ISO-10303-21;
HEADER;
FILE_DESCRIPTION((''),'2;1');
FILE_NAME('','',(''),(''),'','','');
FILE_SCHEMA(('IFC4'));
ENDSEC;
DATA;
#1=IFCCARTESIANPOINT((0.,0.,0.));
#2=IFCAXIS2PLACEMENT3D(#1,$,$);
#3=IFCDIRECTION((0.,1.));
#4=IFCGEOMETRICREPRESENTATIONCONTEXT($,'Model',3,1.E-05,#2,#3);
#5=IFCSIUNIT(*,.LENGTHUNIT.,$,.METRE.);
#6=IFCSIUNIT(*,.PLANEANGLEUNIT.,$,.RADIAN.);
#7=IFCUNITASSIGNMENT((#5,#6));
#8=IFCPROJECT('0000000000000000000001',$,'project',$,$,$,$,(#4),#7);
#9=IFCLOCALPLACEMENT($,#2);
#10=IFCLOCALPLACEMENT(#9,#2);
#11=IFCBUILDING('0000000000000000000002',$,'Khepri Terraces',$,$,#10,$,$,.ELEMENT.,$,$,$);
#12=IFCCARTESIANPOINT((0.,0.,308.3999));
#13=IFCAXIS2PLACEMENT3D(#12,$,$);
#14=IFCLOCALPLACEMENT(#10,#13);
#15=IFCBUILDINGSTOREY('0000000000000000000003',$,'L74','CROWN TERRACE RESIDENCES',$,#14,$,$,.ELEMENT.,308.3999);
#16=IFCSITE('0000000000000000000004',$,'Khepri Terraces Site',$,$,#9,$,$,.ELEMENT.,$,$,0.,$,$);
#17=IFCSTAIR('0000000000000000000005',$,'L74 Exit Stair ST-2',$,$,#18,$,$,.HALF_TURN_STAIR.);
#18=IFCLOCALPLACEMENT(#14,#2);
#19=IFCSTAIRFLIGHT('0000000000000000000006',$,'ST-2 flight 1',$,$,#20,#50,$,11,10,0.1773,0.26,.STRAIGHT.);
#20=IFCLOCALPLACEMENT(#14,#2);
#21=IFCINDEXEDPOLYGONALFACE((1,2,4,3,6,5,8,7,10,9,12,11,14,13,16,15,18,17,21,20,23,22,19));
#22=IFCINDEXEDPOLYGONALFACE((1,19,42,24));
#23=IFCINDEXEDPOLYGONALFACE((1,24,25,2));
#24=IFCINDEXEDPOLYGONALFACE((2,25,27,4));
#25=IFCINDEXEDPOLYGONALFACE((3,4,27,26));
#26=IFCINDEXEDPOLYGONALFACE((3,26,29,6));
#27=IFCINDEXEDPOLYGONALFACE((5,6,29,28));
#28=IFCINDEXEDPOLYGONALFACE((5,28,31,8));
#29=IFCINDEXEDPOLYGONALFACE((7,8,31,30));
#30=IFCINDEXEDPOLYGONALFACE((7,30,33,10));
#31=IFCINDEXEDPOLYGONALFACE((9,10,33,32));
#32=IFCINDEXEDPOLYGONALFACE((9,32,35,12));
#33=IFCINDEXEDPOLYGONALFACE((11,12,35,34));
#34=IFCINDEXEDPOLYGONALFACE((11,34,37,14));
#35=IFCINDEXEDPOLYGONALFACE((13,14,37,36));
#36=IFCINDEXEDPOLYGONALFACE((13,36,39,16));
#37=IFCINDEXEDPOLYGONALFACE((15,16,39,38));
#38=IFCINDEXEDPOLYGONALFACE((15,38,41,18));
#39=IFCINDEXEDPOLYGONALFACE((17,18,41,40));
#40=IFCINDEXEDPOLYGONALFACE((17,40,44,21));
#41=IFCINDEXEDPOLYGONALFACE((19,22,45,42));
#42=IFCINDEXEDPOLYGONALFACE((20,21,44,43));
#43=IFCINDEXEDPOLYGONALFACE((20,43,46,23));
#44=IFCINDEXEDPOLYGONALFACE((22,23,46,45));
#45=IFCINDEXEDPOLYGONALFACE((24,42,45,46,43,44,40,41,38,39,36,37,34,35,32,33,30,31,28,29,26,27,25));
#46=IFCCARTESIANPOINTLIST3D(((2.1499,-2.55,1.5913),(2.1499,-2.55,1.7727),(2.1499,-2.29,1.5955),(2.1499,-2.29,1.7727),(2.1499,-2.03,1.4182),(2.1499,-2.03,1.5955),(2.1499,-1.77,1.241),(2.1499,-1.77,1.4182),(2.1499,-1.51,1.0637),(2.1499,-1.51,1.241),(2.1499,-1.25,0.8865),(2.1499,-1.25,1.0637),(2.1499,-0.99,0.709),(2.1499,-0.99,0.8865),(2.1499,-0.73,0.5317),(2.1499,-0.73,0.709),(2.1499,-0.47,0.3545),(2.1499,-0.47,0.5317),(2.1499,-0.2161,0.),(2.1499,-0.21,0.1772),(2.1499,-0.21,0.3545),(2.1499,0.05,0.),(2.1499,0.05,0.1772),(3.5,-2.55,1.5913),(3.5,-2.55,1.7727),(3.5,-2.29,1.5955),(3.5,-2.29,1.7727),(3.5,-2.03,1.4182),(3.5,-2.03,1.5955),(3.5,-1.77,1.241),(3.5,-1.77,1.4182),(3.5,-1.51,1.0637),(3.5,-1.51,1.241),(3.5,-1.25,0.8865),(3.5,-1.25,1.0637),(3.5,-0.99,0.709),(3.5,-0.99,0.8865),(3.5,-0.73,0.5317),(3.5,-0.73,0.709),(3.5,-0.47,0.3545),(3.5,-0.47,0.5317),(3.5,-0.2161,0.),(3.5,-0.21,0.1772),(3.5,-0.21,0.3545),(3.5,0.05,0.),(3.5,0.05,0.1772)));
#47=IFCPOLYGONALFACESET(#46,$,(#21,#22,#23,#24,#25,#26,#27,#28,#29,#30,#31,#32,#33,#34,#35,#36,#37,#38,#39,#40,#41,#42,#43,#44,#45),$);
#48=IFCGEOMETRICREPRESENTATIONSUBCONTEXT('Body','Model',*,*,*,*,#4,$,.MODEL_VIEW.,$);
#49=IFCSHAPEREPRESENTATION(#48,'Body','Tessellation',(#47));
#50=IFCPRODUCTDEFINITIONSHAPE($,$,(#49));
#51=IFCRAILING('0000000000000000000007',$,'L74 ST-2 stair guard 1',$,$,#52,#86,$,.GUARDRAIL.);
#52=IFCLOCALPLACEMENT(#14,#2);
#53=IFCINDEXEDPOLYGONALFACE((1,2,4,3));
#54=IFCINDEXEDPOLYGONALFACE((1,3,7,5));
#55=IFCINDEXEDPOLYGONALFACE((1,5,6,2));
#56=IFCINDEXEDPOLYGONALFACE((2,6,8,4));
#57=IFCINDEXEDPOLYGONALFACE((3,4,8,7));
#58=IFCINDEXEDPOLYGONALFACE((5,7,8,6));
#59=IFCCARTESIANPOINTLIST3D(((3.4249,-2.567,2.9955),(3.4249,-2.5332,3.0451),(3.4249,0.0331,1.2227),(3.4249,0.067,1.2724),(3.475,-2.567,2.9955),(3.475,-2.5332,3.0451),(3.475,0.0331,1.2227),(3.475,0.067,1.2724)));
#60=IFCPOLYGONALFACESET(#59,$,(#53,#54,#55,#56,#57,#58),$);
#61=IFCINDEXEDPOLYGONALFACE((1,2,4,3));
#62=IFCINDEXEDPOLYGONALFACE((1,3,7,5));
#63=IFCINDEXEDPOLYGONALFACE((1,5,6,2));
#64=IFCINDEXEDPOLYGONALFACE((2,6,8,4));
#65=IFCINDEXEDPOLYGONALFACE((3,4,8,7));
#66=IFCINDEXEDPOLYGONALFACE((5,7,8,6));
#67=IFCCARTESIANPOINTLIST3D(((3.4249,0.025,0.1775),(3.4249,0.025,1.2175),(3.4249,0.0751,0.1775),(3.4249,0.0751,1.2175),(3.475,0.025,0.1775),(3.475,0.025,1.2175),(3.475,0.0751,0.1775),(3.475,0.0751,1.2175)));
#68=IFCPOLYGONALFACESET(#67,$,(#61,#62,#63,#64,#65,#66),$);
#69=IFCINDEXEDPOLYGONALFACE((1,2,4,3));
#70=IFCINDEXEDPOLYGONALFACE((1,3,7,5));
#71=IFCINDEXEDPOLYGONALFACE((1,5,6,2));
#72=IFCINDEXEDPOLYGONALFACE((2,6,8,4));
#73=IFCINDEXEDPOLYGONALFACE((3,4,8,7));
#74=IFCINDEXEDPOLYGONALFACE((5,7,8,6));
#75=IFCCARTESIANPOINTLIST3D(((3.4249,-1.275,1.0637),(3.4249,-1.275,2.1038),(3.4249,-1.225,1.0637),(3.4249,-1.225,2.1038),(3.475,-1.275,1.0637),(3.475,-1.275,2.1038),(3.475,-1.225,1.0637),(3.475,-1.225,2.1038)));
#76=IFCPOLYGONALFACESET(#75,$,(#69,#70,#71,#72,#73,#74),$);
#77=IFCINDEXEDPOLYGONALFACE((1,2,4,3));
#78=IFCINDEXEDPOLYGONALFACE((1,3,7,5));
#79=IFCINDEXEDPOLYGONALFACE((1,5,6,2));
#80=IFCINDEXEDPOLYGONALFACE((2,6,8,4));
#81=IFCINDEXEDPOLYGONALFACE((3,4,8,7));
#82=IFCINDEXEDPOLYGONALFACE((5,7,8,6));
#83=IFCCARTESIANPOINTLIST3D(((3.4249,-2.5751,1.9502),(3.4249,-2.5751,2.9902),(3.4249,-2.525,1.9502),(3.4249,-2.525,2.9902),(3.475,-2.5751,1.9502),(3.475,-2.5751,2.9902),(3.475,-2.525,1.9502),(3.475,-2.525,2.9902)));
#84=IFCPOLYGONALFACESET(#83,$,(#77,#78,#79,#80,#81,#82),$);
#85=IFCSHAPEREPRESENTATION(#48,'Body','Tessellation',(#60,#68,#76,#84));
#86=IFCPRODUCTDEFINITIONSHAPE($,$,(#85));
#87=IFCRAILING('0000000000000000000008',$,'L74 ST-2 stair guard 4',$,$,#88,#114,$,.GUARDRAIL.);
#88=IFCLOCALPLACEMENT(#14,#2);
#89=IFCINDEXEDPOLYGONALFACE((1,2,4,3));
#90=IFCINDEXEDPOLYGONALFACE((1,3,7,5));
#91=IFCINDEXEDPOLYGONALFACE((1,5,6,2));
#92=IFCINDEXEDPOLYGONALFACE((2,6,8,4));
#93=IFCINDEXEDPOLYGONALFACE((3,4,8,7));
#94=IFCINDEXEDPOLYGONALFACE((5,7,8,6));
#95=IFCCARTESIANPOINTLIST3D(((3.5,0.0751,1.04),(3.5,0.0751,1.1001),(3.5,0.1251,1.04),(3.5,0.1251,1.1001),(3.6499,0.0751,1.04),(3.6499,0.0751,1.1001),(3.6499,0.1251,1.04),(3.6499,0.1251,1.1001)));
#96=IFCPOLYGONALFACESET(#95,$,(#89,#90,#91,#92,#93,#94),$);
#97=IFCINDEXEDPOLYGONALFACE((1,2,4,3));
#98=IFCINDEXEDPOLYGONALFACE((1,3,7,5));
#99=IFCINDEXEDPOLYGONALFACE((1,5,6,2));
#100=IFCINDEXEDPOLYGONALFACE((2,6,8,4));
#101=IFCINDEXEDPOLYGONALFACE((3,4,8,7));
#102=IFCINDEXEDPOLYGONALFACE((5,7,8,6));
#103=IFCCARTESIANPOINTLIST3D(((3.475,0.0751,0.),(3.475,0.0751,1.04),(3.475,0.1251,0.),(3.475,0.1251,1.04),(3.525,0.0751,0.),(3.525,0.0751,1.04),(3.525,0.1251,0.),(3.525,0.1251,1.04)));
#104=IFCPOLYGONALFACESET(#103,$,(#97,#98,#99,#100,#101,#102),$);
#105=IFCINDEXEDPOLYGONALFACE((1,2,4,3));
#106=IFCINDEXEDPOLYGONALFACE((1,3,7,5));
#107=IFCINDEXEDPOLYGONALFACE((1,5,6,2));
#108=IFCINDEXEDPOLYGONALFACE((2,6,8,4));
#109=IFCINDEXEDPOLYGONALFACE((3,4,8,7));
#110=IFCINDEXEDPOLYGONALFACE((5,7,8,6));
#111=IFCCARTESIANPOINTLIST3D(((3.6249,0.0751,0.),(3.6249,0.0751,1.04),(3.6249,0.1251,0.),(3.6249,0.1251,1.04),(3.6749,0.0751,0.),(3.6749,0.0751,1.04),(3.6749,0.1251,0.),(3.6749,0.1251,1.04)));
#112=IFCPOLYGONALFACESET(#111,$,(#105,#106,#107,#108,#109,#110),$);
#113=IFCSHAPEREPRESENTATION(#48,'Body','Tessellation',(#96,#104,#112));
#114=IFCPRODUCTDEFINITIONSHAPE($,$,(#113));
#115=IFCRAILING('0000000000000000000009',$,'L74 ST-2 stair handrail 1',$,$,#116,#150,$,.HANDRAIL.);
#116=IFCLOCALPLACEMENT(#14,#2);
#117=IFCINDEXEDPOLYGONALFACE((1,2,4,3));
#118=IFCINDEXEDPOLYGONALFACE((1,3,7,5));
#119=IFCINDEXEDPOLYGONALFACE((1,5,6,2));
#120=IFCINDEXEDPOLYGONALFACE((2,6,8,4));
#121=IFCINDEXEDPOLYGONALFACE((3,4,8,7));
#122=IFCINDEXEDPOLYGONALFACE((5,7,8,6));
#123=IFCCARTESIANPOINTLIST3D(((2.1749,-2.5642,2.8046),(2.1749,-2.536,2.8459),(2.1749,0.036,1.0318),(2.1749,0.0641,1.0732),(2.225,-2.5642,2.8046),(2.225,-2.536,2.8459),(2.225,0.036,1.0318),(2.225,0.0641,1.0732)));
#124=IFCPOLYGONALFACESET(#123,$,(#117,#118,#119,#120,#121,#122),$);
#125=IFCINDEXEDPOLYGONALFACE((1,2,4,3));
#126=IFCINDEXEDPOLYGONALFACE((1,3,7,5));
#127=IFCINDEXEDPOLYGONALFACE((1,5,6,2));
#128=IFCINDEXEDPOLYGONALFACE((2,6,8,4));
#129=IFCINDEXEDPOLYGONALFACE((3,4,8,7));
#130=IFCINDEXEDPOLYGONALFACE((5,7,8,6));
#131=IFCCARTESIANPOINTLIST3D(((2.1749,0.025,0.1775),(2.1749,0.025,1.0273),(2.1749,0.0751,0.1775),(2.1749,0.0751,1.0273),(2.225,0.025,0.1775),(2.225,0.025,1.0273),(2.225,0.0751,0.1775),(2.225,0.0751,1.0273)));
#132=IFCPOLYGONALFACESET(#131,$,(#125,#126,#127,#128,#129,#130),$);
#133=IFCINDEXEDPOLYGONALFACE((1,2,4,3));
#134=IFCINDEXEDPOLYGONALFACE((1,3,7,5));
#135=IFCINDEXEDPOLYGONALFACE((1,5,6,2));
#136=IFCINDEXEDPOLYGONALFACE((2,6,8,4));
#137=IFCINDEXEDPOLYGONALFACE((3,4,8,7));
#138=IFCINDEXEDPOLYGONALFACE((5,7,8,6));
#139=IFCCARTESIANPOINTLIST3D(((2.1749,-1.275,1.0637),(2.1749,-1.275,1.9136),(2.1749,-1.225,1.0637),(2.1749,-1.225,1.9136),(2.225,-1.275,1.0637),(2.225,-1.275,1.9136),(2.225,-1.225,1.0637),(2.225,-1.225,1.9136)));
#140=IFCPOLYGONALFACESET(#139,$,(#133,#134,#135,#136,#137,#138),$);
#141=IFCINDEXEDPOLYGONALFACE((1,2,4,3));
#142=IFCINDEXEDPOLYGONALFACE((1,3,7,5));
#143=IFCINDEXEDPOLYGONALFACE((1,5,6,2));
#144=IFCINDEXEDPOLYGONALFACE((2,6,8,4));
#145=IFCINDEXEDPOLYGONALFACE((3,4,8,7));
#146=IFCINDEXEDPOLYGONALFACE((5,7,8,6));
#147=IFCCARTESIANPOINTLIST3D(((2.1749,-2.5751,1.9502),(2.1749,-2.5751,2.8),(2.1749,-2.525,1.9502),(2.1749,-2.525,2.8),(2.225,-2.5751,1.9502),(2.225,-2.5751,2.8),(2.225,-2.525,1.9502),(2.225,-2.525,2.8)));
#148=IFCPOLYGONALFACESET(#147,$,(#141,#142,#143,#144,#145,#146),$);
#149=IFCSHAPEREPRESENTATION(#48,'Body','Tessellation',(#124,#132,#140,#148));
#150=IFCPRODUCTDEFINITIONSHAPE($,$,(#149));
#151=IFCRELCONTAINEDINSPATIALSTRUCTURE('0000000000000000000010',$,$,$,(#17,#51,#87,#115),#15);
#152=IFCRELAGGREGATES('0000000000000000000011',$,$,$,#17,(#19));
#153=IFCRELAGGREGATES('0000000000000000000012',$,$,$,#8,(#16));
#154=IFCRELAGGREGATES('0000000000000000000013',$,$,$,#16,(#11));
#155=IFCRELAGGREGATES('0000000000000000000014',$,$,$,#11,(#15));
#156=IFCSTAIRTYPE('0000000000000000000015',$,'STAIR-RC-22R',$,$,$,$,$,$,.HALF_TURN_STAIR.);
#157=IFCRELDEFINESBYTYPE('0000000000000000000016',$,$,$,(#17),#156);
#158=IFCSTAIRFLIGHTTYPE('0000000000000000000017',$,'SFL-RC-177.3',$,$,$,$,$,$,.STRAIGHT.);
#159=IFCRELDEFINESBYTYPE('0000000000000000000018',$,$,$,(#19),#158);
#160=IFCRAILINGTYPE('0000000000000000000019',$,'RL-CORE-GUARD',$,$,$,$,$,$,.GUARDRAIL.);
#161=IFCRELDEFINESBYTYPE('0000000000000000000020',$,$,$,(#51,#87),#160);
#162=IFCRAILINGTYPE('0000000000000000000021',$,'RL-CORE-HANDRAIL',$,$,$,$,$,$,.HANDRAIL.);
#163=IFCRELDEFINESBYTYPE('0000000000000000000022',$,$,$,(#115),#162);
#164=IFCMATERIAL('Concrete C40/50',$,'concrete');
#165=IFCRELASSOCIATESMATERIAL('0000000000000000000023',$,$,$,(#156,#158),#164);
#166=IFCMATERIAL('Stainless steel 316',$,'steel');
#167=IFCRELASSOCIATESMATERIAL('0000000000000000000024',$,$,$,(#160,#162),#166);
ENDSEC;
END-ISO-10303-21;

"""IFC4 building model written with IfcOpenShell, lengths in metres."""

from ifc_helpers import new_model, si_unit, direction, frame, origin, origin_2d, place, context, subcontext, project, spatial, polyline, rectangle, outline, extrude, material, type_object, element, aggregate, save


model = new_model("IFC4")

# Units and contexts
model_context = context("Model", 3, precision=1e-05, world=origin(), true_north=direction((0.0, 1.0)))
body_context = subcontext(model_context, "Body", "Model", "MODEL_VIEW")
ifc_project = project(units=[si_unit("LENGTHUNIT", "METRE"), si_unit("PLANEANGLEUNIT", "RADIAN")], contexts=[model_context])

# Site, building, storey
site_placement = place(None, origin())
site = spatial("IfcSite", under=ifc_project, at=site_placement, Name="Khepri Terraces Site", CompositionType="ELEMENT", RefElevation=0.0)
building_placement = place(site_placement, origin())
building = spatial("IfcBuilding", under=site, at=building_placement, Name="Khepri Terraces", CompositionType="ELEMENT")
storey_placement = place(building_placement, frame((0.0, 0.0, 308.3999)))
storey = spatial("IfcBuildingStorey", under=building, at=storey_placement, Name="L74", Description="CROWN TERRACE RESIDENCES", CompositionType="ELEMENT", Elevation=308.3999)

# Shared definitions
ifc_material_1 = material(Name="Concrete C40/50", Category="concrete")

# Stair
stair_type = type_object("IfcStairType", Name="STAIR-RC-22R", PredefinedType="HALF_TURN_STAIR", material=ifc_material_1)
stair_1_placement = place(storey_placement, origin())
stair_1 = element("IfcStair", 1, at=stair_1_placement, inside=storey, type_object=stair_type, Name="L74 Exit Stair ST-2", PredefinedType="HALF_TURN_STAIR")

# Stair flight
stair_flight_type = type_object("IfcStairFlightType", Name="SFL-RC-177.3", PredefinedType="STRAIGHT", material=ifc_material_1)
stair_flight_placement = place(storey_placement, frame((2.825, 0.05, 0.0), z_axis=(0.0, 0.0, 1.0), x_axis=(0.0, -1.0, 0.0)))
stair_flight = element("IfcStairFlight", 2, at=stair_flight_placement, type_object=stair_flight_type, Name="ST-2 flight 1", NumberOfRisers=11, NumberOfTreads=10, PredefinedType="STRAIGHT", RiserHeight=0.1773, TreadLength=0.26, context=body_context, shape_type="SweptSolid", body=[
    extrude(outline(polyline([(0.0, 0.0), (0.0, 0.1772), (0.26, 0.1772), (0.26, 0.3545), (0.52, 0.3545), (0.52, 0.5317), (0.78, 0.5317), (0.78, 0.709), (1.04, 0.709), (1.04, 0.8865), (1.3, 0.8865), (1.3, 1.0637), (1.5601, 1.0637), (1.5601, 1.241), (1.8201, 1.241), (1.8201, 1.4182), (2.0801, 1.4182), (2.0801, 1.5955), (2.3401, 1.5955), (2.3401, 1.7727), (2.6001, 1.7727), (2.6001, 1.95), (2.6001, 1.5913), (0.2661, 0.0), (0.0, 0.0)])), frame((0.0, 0.675, 0.0), z_axis=(0.0, -1.0, 0.0), x_axis=(1.0, 0.0, 0.0)), (0.0, 0.0, 1.0), 1.3501),
])
aggregate(stair_1, [stair_flight])

# Railings
ifc_material_2 = material(Name="Stainless steel 316", Category="steel")
railing_type_1 = type_object("IfcRailingType", Name="RL-CORE-GUARD", PredefinedType="GUARDRAIL", material=ifc_material_2)
railing_1_placement = place(storey_placement, frame((3.45, 0.05, 0.1775)))
element("IfcRailing", 3, at=railing_1_placement, inside=storey, type_object=railing_type_1, Name="L74 ST-2 stair guard 1", PredefinedType="GUARDRAIL", context=body_context, shape_type="SweptSolid", body=[
    extrude(rectangle(XDim=0.05, YDim=0.0601, at=origin_2d()), frame((0.0, 0.0, 1.0701), z_axis=(0.0, -0.82624, 0.563318), x_axis=(1.0, 0.0, 0.0)), (0.0, 0.0, 1.0), 3.147),
    extrude(rectangle(XDim=0.05, YDim=0.05, at=origin_2d()), origin(), (0.0, 0.0, 1.0), 1.04),
    extrude(rectangle(XDim=0.05, YDim=0.05, at=origin_2d()), frame((0.0, -1.3, 0.8862)), (0.0, 0.0, 1.0), 1.04),
    extrude(rectangle(XDim=0.05, YDim=0.05, at=origin_2d()), frame((0.0, -2.6001, 1.7727)), (0.0, 0.0, 1.0), 1.04),
])
railing_2_placement = place(storey_placement, frame((3.5, 0.1001, 0.0)))
element("IfcRailing", 4, at=railing_2_placement, inside=storey, type_object=railing_type_1, Name="L74 ST-2 stair guard 4", PredefinedType="GUARDRAIL", context=body_context, shape_type="SweptSolid", body=[
    extrude(rectangle(XDim=0.05, YDim=0.0601, at=origin_2d()), frame((0.0, 0.0, 1.0701), z_axis=(1.0, 0.0, 0.0), x_axis=(0.0, 1.0, 0.0)), (0.0, 0.0, 1.0), 0.1499),
    extrude(rectangle(XDim=0.05, YDim=0.05, at=origin_2d()), origin(), (0.0, 0.0, 1.0), 1.04),
    extrude(rectangle(XDim=0.05, YDim=0.05, at=origin_2d()), frame((0.1499, 0.0, 0.0)), (0.0, 0.0, 1.0), 1.04),
])
railing_type_2 = type_object("IfcRailingType", Name="RL-CORE-HANDRAIL", PredefinedType="HANDRAIL", material=ifc_material_2)
railing_3_placement = place(storey_placement, frame((2.2, 0.05, 0.1775)))
element("IfcRailing", 5, at=railing_3_placement, inside=storey, type_object=railing_type_2, Name="L74 ST-2 stair handrail 1", PredefinedType="HANDRAIL", context=body_context, shape_type="SweptSolid", body=[
    extrude(rectangle(XDim=0.05, YDim=0.05, at=origin_2d()), frame((0.0, 0.0, 0.875), z_axis=(0.0, -0.82624, 0.563318), x_axis=(1.0, 0.0, 0.0)), (0.0, 0.0, 1.0), 3.147),
    extrude(rectangle(XDim=0.05, YDim=0.05, at=origin_2d()), origin(), (0.0, 0.0, 1.0), 0.8499),
    extrude(rectangle(XDim=0.05, YDim=0.05, at=origin_2d()), frame((0.0, -1.3, 0.8862)), (0.0, 0.0, 1.0), 0.8499),
    extrude(rectangle(XDim=0.05, YDim=0.05, at=origin_2d()), frame((0.0, -2.6001, 1.7727)), (0.0, 0.0, 1.0), 0.8499),
])

save(model, "model.ifc")
